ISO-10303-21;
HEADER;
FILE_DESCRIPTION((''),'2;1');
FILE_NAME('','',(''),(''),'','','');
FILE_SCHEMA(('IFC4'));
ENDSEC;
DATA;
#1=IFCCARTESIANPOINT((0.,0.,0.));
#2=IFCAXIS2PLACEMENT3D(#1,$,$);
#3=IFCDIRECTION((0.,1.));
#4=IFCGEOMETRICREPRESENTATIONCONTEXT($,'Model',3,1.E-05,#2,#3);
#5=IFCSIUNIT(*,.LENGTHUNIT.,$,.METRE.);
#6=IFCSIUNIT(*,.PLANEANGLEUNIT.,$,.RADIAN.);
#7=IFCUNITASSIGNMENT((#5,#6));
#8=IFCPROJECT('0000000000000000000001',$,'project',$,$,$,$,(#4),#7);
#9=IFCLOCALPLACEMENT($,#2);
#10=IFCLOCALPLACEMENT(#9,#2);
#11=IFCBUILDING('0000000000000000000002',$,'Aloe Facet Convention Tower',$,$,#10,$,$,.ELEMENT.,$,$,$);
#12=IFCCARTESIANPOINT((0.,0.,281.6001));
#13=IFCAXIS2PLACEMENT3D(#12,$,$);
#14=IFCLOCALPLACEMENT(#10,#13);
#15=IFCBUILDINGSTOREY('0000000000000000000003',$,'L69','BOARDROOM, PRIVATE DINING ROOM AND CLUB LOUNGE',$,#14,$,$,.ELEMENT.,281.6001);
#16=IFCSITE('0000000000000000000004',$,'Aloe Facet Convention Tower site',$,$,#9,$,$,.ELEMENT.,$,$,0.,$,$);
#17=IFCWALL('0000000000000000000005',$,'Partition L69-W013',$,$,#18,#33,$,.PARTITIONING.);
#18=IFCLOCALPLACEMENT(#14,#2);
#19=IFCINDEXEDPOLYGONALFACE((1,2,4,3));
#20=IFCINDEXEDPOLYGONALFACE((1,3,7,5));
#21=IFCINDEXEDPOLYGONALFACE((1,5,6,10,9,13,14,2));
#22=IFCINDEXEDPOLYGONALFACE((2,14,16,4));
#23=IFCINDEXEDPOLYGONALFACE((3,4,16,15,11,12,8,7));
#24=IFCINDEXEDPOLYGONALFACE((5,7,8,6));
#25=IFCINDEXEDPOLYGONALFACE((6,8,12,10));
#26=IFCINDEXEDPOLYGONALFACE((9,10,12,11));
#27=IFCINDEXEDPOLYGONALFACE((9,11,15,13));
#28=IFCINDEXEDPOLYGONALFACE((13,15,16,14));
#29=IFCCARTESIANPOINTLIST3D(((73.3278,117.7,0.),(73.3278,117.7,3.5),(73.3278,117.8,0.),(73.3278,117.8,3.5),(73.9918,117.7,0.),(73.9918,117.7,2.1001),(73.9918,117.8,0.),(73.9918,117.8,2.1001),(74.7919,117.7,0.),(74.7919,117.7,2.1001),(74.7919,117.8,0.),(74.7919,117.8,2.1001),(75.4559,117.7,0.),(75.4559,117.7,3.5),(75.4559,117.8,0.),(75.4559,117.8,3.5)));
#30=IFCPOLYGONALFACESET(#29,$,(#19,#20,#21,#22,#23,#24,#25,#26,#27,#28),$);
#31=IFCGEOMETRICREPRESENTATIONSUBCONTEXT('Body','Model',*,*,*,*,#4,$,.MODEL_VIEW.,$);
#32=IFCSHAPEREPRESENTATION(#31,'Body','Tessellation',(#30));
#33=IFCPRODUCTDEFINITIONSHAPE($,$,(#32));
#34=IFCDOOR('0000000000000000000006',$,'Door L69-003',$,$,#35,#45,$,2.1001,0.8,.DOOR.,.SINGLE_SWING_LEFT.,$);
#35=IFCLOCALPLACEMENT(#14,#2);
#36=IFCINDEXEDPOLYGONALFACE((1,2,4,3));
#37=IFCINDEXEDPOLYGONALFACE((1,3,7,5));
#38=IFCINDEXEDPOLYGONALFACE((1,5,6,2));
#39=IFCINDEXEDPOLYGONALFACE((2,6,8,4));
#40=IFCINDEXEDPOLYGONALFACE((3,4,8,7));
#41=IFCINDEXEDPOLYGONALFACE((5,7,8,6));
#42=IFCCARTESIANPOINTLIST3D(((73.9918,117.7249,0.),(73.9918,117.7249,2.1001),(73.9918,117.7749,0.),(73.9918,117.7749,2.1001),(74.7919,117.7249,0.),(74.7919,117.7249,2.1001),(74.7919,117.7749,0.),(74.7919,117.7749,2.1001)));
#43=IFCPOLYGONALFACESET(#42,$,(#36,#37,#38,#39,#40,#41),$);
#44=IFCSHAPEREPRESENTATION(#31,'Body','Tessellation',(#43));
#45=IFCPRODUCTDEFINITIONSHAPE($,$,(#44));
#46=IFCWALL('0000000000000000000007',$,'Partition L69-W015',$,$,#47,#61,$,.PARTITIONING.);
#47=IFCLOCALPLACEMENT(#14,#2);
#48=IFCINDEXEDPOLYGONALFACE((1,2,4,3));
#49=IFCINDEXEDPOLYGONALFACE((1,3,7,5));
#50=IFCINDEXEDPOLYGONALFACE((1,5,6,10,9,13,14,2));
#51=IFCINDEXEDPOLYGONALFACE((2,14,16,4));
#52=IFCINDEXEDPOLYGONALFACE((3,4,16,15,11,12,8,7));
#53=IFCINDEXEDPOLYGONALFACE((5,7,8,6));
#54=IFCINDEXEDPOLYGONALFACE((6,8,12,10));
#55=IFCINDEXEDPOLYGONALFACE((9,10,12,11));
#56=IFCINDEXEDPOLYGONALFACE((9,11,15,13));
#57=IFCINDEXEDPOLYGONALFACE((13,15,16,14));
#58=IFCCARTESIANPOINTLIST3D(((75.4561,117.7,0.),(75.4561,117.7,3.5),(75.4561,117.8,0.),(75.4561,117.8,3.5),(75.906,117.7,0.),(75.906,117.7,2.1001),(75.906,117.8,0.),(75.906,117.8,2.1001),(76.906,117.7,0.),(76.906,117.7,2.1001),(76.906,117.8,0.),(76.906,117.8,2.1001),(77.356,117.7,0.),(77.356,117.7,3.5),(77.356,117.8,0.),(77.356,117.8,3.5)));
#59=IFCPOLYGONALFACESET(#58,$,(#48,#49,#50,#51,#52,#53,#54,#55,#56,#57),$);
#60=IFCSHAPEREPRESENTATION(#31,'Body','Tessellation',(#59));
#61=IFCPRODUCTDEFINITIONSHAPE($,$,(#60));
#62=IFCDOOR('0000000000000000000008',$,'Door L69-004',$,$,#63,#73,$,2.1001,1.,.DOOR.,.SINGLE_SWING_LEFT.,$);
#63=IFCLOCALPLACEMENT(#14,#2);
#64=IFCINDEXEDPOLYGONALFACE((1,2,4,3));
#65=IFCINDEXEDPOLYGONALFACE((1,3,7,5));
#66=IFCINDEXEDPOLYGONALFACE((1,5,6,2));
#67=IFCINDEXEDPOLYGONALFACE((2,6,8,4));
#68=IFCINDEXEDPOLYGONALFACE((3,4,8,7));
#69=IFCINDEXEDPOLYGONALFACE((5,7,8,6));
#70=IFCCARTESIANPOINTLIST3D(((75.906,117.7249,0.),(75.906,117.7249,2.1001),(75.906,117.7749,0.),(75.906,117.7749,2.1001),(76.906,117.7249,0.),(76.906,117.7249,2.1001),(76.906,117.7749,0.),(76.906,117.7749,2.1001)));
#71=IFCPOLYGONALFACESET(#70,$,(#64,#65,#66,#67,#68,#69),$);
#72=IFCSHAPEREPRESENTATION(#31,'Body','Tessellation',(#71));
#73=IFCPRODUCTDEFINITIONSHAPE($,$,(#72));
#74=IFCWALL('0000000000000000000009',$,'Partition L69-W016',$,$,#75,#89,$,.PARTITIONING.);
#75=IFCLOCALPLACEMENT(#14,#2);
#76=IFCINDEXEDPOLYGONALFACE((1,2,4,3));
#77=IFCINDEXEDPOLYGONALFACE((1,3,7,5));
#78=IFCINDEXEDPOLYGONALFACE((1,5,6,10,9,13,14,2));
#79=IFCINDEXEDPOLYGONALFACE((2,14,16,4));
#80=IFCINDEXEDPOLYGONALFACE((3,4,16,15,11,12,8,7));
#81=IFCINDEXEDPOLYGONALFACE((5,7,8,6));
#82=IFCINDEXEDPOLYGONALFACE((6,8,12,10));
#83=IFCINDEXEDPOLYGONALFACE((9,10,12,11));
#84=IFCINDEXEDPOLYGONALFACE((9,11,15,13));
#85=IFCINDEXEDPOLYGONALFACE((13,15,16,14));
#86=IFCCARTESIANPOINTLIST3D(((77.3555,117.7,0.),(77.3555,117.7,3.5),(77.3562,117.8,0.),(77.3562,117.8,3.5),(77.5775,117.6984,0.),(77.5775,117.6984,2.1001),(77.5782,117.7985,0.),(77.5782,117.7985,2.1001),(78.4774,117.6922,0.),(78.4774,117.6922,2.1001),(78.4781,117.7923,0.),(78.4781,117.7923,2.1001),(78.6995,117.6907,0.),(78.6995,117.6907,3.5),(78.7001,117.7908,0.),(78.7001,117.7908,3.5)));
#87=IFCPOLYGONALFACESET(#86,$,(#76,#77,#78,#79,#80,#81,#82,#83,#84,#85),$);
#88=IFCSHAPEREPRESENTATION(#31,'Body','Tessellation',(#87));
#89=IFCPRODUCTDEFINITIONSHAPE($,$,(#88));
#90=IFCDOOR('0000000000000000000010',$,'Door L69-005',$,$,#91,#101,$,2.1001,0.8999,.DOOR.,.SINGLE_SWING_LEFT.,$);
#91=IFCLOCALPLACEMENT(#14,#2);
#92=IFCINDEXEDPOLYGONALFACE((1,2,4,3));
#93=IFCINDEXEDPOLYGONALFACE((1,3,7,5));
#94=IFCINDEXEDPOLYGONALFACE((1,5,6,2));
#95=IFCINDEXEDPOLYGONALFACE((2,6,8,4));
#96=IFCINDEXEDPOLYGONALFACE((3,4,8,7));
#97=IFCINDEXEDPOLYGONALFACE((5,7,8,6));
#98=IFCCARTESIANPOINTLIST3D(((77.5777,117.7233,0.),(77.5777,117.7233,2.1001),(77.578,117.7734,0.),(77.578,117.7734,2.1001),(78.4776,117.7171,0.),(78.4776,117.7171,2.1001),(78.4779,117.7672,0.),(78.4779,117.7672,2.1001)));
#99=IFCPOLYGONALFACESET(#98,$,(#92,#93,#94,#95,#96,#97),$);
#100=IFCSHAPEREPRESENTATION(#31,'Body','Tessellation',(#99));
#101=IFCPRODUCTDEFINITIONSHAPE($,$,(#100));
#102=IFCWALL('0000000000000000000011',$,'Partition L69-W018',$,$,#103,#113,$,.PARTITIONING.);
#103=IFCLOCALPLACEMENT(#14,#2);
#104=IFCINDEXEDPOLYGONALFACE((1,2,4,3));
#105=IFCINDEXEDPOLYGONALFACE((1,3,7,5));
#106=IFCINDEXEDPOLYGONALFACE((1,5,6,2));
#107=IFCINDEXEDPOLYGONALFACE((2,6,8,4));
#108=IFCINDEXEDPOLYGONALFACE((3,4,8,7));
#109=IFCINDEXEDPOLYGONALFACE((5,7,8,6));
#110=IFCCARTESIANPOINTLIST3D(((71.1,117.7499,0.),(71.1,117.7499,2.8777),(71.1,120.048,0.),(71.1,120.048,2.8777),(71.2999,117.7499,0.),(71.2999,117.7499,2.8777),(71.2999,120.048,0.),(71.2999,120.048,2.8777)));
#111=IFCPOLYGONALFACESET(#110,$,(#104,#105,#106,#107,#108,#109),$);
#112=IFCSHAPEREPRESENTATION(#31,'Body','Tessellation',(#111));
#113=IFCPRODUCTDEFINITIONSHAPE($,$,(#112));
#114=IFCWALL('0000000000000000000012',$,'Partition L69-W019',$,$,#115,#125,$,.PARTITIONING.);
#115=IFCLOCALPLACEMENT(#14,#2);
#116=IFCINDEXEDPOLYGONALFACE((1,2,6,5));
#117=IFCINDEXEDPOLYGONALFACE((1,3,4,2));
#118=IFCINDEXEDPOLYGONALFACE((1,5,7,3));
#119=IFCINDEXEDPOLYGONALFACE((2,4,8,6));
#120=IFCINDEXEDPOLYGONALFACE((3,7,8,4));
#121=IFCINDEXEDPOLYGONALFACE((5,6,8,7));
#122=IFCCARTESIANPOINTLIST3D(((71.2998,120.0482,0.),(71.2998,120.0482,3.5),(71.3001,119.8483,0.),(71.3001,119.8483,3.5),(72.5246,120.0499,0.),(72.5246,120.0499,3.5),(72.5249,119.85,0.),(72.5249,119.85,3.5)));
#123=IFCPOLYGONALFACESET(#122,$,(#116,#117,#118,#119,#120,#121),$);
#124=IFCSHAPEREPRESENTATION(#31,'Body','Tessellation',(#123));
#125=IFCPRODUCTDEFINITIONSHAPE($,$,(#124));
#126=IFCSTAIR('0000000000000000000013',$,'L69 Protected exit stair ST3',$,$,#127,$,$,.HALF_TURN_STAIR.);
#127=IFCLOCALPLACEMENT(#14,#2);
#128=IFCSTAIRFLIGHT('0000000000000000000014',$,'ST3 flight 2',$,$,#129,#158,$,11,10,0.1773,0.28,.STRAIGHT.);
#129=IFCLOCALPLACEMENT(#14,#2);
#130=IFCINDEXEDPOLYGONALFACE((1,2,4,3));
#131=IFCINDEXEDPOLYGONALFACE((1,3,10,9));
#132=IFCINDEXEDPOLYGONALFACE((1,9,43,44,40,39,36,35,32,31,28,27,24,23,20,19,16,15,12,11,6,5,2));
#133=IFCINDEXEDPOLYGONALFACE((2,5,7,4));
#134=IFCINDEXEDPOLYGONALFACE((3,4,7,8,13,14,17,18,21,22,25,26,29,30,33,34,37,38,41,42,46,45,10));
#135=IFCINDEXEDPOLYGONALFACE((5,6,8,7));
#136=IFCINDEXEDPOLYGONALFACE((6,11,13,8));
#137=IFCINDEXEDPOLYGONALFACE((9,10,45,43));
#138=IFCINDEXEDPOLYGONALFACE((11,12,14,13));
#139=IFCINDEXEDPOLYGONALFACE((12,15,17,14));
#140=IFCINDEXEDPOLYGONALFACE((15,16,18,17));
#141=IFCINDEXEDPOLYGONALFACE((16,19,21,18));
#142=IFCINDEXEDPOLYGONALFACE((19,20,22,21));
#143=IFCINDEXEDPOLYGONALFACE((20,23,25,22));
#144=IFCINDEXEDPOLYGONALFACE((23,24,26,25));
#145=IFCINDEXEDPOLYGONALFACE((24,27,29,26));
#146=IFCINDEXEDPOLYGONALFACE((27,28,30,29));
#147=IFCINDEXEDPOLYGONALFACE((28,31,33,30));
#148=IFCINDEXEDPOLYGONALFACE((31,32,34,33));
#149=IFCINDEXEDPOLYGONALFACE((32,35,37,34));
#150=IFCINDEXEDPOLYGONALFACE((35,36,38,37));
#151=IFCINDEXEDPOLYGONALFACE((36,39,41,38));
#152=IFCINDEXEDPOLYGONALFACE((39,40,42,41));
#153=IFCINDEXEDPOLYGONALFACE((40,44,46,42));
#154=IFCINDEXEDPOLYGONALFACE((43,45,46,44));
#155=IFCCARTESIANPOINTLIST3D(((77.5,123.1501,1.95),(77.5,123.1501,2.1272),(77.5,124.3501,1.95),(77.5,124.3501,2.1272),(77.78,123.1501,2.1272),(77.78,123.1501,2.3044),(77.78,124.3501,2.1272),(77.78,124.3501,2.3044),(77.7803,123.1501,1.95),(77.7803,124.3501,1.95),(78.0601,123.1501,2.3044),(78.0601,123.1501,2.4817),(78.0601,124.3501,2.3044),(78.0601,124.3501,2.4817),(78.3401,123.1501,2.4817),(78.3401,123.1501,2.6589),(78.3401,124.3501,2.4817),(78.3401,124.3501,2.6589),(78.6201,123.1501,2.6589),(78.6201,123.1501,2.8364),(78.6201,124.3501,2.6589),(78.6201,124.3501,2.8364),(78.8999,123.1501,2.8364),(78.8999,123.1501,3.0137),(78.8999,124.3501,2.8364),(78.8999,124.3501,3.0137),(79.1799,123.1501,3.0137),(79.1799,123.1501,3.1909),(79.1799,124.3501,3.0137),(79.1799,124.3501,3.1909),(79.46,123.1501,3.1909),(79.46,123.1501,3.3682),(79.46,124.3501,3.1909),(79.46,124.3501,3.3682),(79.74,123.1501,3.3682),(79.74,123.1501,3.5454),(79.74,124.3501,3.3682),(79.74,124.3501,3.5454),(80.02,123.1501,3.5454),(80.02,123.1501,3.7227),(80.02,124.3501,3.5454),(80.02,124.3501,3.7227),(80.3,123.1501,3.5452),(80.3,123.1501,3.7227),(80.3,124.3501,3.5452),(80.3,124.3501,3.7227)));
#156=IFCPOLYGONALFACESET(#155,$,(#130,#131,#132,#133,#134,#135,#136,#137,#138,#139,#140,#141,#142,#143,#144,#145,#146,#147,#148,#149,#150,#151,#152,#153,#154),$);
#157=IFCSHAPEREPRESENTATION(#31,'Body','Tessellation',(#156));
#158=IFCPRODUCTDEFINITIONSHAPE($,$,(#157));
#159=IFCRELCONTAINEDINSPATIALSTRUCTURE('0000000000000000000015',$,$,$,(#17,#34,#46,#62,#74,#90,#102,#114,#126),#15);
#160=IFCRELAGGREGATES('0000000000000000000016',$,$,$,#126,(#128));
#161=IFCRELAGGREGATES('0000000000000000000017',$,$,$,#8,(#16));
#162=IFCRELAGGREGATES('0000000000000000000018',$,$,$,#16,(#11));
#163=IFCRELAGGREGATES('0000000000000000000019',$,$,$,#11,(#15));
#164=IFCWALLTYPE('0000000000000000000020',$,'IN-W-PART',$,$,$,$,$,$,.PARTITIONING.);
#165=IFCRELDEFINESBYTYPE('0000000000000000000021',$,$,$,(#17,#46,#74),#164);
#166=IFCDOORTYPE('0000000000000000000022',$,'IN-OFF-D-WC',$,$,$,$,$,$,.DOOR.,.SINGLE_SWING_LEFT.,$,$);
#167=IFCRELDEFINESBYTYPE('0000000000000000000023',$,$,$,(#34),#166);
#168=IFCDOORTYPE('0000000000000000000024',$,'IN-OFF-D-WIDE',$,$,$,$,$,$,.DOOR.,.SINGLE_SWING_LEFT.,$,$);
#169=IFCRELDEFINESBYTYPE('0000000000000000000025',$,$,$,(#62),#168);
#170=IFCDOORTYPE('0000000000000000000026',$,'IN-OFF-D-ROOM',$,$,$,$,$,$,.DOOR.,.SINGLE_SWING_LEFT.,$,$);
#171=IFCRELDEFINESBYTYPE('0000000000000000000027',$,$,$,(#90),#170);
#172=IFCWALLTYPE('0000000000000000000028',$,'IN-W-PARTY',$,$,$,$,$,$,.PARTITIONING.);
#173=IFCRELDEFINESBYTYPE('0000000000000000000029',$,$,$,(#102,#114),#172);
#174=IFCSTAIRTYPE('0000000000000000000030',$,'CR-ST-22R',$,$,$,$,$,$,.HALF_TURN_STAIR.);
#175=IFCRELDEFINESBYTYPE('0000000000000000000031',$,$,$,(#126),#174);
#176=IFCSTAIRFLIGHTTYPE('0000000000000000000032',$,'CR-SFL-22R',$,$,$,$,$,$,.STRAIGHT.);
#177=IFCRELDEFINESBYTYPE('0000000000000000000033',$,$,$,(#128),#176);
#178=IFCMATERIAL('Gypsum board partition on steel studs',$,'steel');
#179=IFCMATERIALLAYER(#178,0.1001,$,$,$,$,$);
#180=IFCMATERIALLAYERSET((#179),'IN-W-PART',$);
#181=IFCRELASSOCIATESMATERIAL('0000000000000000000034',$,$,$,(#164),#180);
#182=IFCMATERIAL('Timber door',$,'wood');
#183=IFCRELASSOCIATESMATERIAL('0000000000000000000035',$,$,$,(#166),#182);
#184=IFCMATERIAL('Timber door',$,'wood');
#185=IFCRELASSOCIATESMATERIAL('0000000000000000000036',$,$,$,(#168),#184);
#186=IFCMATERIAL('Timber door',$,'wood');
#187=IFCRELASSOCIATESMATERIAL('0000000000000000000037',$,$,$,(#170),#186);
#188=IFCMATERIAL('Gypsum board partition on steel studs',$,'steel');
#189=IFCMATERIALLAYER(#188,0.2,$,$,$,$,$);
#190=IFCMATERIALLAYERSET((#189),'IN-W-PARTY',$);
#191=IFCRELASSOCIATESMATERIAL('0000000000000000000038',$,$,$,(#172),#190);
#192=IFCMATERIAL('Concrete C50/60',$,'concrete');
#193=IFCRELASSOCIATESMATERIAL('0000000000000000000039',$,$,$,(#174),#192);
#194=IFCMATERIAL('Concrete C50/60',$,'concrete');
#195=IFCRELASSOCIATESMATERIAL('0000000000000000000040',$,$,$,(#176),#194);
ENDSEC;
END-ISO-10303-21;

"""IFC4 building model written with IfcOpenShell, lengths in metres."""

from ifc_helpers import new_model, si_unit, direction, frame, frame_2d, origin, place, context, subcontext, project, spatial, polyline, rectangle, outline, extrude, material, layer, layer_set, type_object, element, fill, aggregate, save


model = new_model("IFC4")

# Units and contexts
model_context = context("Model", 3, precision=1e-05, world=origin(), true_north=direction((0.0, 1.0)))
body_context = subcontext(model_context, "Body", "Model", "MODEL_VIEW")
ifc_project = project(units=[si_unit("LENGTHUNIT", "METRE"), si_unit("PLANEANGLEUNIT", "RADIAN")], contexts=[model_context])

# Site, building, storey
site_placement = place(None, origin())
site = spatial("IfcSite", under=ifc_project, at=site_placement, Name="Aloe Facet Convention Tower site", CompositionType="ELEMENT", RefElevation=0.0)
building_placement = place(site_placement, origin())
building = spatial("IfcBuilding", under=site, at=building_placement, Name="Aloe Facet Convention Tower", CompositionType="ELEMENT")
storey_placement = place(building_placement, frame((0.0, 0.0, 281.6001)))
storey = spatial("IfcBuildingStorey", under=building, at=storey_placement, Name="L69", Description="BOARDROOM, PRIVATE DINING ROOM AND CLUB LOUNGE", CompositionType="ELEMENT", Elevation=281.6001)

# Walls, openings, doors
ifc_material_1 = material(Name="Gypsum board partition on steel studs", Category="steel")
ifc_layer_1 = layer(ifc_material_1, 0.1001)
ifc_layer_set_1 = layer_set([ifc_layer_1], Name="IN-W-PART")
wall_type_1 = type_object("IfcWallType", Name="IN-W-PART", PredefinedType="PARTITIONING", material=ifc_layer_set_1)
ifc_material_2 = material(Name="Timber door", Category="wood")
door_type_1 = type_object("IfcDoorType", Name="IN-OFF-D-WC", OperationType="SINGLE_SWING_LEFT", PredefinedType="DOOR", material=ifc_material_2)
wall_1_placement = place(storey_placement, frame((73.3279, 117.75, 0.0), z_axis=(0.0, 0.0, 1.0), x_axis=(1.0, 0.0, 0.0)))
wall_1 = element("IfcWall", 1, at=wall_1_placement, inside=storey, type_object=wall_type_1, Name="Partition L69-W013", PredefinedType="PARTITIONING", context=body_context, shape_type="SweptSolid", body=[
    extrude(rectangle(XDim=2.1282, YDim=0.1001, at=frame_2d((1.064, 0.0))), origin(), (0.0, 0.0, 1.0), 3.5),
])
opening_1_placement = place(wall_1_placement, frame((0.6641, 0.0, 0.0)))
opening_1 = element("IfcOpeningElement", 2, at=opening_1_placement, cuts=wall_1, PredefinedType="OPENING", context=body_context, shape_type="SweptSolid", body=[
    extrude(rectangle(XDim=0.8, YDim=2.1001, at=frame_2d((0.3999, 1.05))), frame((0.0, 0.0601, 0.0), z_axis=(0.0, -1.0, 0.0), x_axis=(1.0, 0.0, 0.0)), (0.0, 0.0, 1.0), 0.1201),
])
door_1_placement = place(opening_1_placement, origin())
door_1 = element("IfcDoor", 3, at=door_1_placement, inside=storey, type_object=door_type_1, Name="Door L69-003", OperationType="SINGLE_SWING_LEFT", OverallHeight=2.1001, OverallWidth=0.8, PredefinedType="DOOR", context=body_context, shape_type="SweptSolid", body=[
    extrude(rectangle(XDim=0.8, YDim=2.1001, at=frame_2d((0.3999, 1.05))), frame((0.0, 0.0249, 0.0), z_axis=(0.0, -1.0, 0.0), x_axis=(1.0, 0.0, 0.0)), (0.0, 0.0, 1.0), 0.05),
])
fill(opening_1, door_1)
wall_2_placement = place(storey_placement, frame((75.4561, 117.75, 0.0), z_axis=(0.0, 0.0, 1.0), x_axis=(1.0, 0.0, 0.0)))
wall_2 = element("IfcWall", 4, at=wall_2_placement, inside=storey, type_object=wall_type_1, Name="Partition L69-W015", PredefinedType="PARTITIONING", context=body_context, shape_type="SweptSolid", body=[
    extrude(rectangle(XDim=1.8999, YDim=0.1001, at=frame_2d((0.95, 0.0))), origin(), (0.0, 0.0, 1.0), 3.5),
])
opening_2_placement = place(wall_2_placement, frame((0.45, 0.0, 0.0)))
opening_2 = element("IfcOpeningElement", 5, at=opening_2_placement, cuts=wall_2, PredefinedType="OPENING", context=body_context, shape_type="SweptSolid", body=[
    extrude(rectangle(XDim=1.0, YDim=2.1001, at=frame_2d((0.5, 1.05))), frame((0.0, 0.0601, 0.0), z_axis=(0.0, -1.0, 0.0), x_axis=(1.0, 0.0, 0.0)), (0.0, 0.0, 1.0), 0.1201),
])
ifc_material_3 = material(Name="Timber door", Category="wood")
door_type_2 = type_object("IfcDoorType", Name="IN-OFF-D-WIDE", OperationType="SINGLE_SWING_LEFT", PredefinedType="DOOR", material=ifc_material_3)
door_2_placement = place(opening_2_placement, origin())
door_2 = element("IfcDoor", 6, at=door_2_placement, inside=storey, type_object=door_type_2, Name="Door L69-004", OperationType="SINGLE_SWING_LEFT", OverallHeight=2.1001, OverallWidth=1.0, PredefinedType="DOOR", context=body_context, shape_type="SweptSolid", body=[
    extrude(rectangle(XDim=1.0, YDim=2.1001, at=frame_2d((0.5, 1.05))), frame((0.0, 0.0249, 0.0), z_axis=(0.0, -1.0, 0.0), x_axis=(1.0, 0.0, 0.0)), (0.0, 0.0, 1.0), 0.05),
])
fill(opening_2, door_2)
wall_3_placement = place(storey_placement, frame((77.356, 117.75, 0.0), z_axis=(0.0, 0.0, 1.0), x_axis=(0.999976, -0.006903, 0.0)))
wall_3 = element("IfcWall", 7, at=wall_3_placement, inside=storey, type_object=wall_type_1, Name="Partition L69-W016", PredefinedType="PARTITIONING", context=body_context, shape_type="SweptSolid", body=[
    extrude(rectangle(XDim=1.344, YDim=0.1001, at=frame_2d((0.6719, 0.0))), origin(), (0.0, 0.0, 1.0), 3.5),
])
opening_3_placement = place(wall_3_placement, frame((0.2219, 0.0, 0.0)))
opening_3 = element("IfcOpeningElement", 8, at=opening_3_placement, cuts=wall_3, PredefinedType="OPENING", context=body_context, shape_type="SweptSolid", body=[
    extrude(rectangle(XDim=0.8999, YDim=2.1001, at=frame_2d((0.45, 1.05))), frame((0.0, 0.0601, 0.0), z_axis=(0.0, -1.0, 0.0), x_axis=(1.0, 0.0, 0.0)), (0.0, 0.0, 1.0), 0.1201),
])
ifc_material_4 = material(Name="Timber door", Category="wood")
door_type_3 = type_object("IfcDoorType", Name="IN-OFF-D-ROOM", OperationType="SINGLE_SWING_LEFT", PredefinedType="DOOR", material=ifc_material_4)
door_3_placement = place(opening_3_placement, origin())
door_3 = element("IfcDoor", 9, at=door_3_placement, inside=storey, type_object=door_type_3, Name="Door L69-005", OperationType="SINGLE_SWING_LEFT", OverallHeight=2.1001, OverallWidth=0.8999, PredefinedType="DOOR", context=body_context, shape_type="SweptSolid", body=[
    extrude(rectangle(XDim=0.8999, YDim=2.1001, at=frame_2d((0.45, 1.05))), frame((0.0, 0.0249, 0.0), z_axis=(0.0, -1.0, 0.0), x_axis=(1.0, 0.0, 0.0)), (0.0, 0.0, 1.0), 0.05),
])
fill(opening_3, door_3)

# Walls
ifc_material_5 = material(Name="Gypsum board partition on steel studs", Category="steel")
ifc_layer_2 = layer(ifc_material_5, 0.2)
ifc_layer_set_2 = layer_set([ifc_layer_2], Name="IN-W-PARTY")
wall_type_2 = type_object("IfcWallType", Name="IN-W-PARTY", PredefinedType="PARTITIONING", material=ifc_layer_set_2)
wall_4_placement = place(storey_placement, frame((71.2, 117.75, 0.0), z_axis=(0.0, 0.0, 1.0), x_axis=(0.0, 1.0, 0.0)))
element("IfcWall", 10, at=wall_4_placement, inside=storey, type_object=wall_type_2, Name="Partition L69-W018", PredefinedType="PARTITIONING", context=body_context, shape_type="SweptSolid", body=[
    extrude(rectangle(XDim=2.2981, YDim=0.2, at=frame_2d((1.1489, 0.0))), origin(), (0.0, 0.0, 1.0), 2.8777),
])
wall_5_placement = place(storey_placement, frame((71.3, 119.9482, 0.0), z_axis=(0.0, 0.0, 1.0), x_axis=(0.999999, 0.001395, 0.0)))
element("IfcWall", 11, at=wall_5_placement, inside=storey, type_object=wall_type_2, Name="Partition L69-W019", PredefinedType="PARTITIONING", context=body_context, shape_type="SweptSolid", body=[
    extrude(rectangle(XDim=1.2249, YDim=0.2, at=frame_2d((0.6123, 0.0))), origin(), (0.0, 0.0, 1.0), 3.5),
])

# Stair, stair flight
ifc_material_6 = material(Name="Concrete C50/60", Category="concrete")
stair_type = type_object("IfcStairType", Name="CR-ST-22R", PredefinedType="HALF_TURN_STAIR", material=ifc_material_6)
stair_placement = place(storey_placement, origin())
stair = element("IfcStair", 12, at=stair_placement, inside=storey, type_object=stair_type, Name="L69 Protected exit stair ST3", PredefinedType="HALF_TURN_STAIR")
ifc_material_7 = material(Name="Concrete C50/60", Category="concrete")
stair_flight_type = type_object("IfcStairFlightType", Name="CR-SFL-22R", PredefinedType="STRAIGHT", material=ifc_material_7)
stair_flight_placement = place(storey_placement, frame((77.5, 123.75, 1.95), z_axis=(0.0, 0.0, 1.0), x_axis=(1.0, 0.0, 0.0)))
stair_flight = element("IfcStairFlight", 13, at=stair_flight_placement, type_object=stair_flight_type, Name="ST3 flight 2", NumberOfRisers=11, NumberOfTreads=10, PredefinedType="STRAIGHT", RiserHeight=0.1773, TreadLength=0.28, context=body_context, shape_type="SweptSolid", body=[
    extrude(outline(polyline([(0.0, 0.0), (0.0, 0.1772), (0.28, 0.1772), (0.28, 0.3545), (0.5601, 0.3545), (0.5601, 0.5317), (0.8401, 0.5317), (0.8401, 0.709), (1.1201, 0.709), (1.1201, 0.8865), (1.3999, 0.8865), (1.3999, 1.0637), (1.6799, 1.0637), (1.6799, 1.241), (1.96, 1.241), (1.96, 1.4182), (2.24, 1.4182), (2.24, 1.5955), (2.52, 1.5955), (2.52, 1.7727), (2.8, 1.7727), (2.8, 1.95), (2.8, 1.5952), (0.2803, 0.0), (0.0, 0.0)])), frame((0.0, 0.6001, 0.0), z_axis=(0.0, -1.0, 0.0), x_axis=(1.0, 0.0, 0.0)), (0.0, 0.0, 1.0), 1.2),
])
aggregate(stair, [stair_flight])

save(model, "model.ifc")
